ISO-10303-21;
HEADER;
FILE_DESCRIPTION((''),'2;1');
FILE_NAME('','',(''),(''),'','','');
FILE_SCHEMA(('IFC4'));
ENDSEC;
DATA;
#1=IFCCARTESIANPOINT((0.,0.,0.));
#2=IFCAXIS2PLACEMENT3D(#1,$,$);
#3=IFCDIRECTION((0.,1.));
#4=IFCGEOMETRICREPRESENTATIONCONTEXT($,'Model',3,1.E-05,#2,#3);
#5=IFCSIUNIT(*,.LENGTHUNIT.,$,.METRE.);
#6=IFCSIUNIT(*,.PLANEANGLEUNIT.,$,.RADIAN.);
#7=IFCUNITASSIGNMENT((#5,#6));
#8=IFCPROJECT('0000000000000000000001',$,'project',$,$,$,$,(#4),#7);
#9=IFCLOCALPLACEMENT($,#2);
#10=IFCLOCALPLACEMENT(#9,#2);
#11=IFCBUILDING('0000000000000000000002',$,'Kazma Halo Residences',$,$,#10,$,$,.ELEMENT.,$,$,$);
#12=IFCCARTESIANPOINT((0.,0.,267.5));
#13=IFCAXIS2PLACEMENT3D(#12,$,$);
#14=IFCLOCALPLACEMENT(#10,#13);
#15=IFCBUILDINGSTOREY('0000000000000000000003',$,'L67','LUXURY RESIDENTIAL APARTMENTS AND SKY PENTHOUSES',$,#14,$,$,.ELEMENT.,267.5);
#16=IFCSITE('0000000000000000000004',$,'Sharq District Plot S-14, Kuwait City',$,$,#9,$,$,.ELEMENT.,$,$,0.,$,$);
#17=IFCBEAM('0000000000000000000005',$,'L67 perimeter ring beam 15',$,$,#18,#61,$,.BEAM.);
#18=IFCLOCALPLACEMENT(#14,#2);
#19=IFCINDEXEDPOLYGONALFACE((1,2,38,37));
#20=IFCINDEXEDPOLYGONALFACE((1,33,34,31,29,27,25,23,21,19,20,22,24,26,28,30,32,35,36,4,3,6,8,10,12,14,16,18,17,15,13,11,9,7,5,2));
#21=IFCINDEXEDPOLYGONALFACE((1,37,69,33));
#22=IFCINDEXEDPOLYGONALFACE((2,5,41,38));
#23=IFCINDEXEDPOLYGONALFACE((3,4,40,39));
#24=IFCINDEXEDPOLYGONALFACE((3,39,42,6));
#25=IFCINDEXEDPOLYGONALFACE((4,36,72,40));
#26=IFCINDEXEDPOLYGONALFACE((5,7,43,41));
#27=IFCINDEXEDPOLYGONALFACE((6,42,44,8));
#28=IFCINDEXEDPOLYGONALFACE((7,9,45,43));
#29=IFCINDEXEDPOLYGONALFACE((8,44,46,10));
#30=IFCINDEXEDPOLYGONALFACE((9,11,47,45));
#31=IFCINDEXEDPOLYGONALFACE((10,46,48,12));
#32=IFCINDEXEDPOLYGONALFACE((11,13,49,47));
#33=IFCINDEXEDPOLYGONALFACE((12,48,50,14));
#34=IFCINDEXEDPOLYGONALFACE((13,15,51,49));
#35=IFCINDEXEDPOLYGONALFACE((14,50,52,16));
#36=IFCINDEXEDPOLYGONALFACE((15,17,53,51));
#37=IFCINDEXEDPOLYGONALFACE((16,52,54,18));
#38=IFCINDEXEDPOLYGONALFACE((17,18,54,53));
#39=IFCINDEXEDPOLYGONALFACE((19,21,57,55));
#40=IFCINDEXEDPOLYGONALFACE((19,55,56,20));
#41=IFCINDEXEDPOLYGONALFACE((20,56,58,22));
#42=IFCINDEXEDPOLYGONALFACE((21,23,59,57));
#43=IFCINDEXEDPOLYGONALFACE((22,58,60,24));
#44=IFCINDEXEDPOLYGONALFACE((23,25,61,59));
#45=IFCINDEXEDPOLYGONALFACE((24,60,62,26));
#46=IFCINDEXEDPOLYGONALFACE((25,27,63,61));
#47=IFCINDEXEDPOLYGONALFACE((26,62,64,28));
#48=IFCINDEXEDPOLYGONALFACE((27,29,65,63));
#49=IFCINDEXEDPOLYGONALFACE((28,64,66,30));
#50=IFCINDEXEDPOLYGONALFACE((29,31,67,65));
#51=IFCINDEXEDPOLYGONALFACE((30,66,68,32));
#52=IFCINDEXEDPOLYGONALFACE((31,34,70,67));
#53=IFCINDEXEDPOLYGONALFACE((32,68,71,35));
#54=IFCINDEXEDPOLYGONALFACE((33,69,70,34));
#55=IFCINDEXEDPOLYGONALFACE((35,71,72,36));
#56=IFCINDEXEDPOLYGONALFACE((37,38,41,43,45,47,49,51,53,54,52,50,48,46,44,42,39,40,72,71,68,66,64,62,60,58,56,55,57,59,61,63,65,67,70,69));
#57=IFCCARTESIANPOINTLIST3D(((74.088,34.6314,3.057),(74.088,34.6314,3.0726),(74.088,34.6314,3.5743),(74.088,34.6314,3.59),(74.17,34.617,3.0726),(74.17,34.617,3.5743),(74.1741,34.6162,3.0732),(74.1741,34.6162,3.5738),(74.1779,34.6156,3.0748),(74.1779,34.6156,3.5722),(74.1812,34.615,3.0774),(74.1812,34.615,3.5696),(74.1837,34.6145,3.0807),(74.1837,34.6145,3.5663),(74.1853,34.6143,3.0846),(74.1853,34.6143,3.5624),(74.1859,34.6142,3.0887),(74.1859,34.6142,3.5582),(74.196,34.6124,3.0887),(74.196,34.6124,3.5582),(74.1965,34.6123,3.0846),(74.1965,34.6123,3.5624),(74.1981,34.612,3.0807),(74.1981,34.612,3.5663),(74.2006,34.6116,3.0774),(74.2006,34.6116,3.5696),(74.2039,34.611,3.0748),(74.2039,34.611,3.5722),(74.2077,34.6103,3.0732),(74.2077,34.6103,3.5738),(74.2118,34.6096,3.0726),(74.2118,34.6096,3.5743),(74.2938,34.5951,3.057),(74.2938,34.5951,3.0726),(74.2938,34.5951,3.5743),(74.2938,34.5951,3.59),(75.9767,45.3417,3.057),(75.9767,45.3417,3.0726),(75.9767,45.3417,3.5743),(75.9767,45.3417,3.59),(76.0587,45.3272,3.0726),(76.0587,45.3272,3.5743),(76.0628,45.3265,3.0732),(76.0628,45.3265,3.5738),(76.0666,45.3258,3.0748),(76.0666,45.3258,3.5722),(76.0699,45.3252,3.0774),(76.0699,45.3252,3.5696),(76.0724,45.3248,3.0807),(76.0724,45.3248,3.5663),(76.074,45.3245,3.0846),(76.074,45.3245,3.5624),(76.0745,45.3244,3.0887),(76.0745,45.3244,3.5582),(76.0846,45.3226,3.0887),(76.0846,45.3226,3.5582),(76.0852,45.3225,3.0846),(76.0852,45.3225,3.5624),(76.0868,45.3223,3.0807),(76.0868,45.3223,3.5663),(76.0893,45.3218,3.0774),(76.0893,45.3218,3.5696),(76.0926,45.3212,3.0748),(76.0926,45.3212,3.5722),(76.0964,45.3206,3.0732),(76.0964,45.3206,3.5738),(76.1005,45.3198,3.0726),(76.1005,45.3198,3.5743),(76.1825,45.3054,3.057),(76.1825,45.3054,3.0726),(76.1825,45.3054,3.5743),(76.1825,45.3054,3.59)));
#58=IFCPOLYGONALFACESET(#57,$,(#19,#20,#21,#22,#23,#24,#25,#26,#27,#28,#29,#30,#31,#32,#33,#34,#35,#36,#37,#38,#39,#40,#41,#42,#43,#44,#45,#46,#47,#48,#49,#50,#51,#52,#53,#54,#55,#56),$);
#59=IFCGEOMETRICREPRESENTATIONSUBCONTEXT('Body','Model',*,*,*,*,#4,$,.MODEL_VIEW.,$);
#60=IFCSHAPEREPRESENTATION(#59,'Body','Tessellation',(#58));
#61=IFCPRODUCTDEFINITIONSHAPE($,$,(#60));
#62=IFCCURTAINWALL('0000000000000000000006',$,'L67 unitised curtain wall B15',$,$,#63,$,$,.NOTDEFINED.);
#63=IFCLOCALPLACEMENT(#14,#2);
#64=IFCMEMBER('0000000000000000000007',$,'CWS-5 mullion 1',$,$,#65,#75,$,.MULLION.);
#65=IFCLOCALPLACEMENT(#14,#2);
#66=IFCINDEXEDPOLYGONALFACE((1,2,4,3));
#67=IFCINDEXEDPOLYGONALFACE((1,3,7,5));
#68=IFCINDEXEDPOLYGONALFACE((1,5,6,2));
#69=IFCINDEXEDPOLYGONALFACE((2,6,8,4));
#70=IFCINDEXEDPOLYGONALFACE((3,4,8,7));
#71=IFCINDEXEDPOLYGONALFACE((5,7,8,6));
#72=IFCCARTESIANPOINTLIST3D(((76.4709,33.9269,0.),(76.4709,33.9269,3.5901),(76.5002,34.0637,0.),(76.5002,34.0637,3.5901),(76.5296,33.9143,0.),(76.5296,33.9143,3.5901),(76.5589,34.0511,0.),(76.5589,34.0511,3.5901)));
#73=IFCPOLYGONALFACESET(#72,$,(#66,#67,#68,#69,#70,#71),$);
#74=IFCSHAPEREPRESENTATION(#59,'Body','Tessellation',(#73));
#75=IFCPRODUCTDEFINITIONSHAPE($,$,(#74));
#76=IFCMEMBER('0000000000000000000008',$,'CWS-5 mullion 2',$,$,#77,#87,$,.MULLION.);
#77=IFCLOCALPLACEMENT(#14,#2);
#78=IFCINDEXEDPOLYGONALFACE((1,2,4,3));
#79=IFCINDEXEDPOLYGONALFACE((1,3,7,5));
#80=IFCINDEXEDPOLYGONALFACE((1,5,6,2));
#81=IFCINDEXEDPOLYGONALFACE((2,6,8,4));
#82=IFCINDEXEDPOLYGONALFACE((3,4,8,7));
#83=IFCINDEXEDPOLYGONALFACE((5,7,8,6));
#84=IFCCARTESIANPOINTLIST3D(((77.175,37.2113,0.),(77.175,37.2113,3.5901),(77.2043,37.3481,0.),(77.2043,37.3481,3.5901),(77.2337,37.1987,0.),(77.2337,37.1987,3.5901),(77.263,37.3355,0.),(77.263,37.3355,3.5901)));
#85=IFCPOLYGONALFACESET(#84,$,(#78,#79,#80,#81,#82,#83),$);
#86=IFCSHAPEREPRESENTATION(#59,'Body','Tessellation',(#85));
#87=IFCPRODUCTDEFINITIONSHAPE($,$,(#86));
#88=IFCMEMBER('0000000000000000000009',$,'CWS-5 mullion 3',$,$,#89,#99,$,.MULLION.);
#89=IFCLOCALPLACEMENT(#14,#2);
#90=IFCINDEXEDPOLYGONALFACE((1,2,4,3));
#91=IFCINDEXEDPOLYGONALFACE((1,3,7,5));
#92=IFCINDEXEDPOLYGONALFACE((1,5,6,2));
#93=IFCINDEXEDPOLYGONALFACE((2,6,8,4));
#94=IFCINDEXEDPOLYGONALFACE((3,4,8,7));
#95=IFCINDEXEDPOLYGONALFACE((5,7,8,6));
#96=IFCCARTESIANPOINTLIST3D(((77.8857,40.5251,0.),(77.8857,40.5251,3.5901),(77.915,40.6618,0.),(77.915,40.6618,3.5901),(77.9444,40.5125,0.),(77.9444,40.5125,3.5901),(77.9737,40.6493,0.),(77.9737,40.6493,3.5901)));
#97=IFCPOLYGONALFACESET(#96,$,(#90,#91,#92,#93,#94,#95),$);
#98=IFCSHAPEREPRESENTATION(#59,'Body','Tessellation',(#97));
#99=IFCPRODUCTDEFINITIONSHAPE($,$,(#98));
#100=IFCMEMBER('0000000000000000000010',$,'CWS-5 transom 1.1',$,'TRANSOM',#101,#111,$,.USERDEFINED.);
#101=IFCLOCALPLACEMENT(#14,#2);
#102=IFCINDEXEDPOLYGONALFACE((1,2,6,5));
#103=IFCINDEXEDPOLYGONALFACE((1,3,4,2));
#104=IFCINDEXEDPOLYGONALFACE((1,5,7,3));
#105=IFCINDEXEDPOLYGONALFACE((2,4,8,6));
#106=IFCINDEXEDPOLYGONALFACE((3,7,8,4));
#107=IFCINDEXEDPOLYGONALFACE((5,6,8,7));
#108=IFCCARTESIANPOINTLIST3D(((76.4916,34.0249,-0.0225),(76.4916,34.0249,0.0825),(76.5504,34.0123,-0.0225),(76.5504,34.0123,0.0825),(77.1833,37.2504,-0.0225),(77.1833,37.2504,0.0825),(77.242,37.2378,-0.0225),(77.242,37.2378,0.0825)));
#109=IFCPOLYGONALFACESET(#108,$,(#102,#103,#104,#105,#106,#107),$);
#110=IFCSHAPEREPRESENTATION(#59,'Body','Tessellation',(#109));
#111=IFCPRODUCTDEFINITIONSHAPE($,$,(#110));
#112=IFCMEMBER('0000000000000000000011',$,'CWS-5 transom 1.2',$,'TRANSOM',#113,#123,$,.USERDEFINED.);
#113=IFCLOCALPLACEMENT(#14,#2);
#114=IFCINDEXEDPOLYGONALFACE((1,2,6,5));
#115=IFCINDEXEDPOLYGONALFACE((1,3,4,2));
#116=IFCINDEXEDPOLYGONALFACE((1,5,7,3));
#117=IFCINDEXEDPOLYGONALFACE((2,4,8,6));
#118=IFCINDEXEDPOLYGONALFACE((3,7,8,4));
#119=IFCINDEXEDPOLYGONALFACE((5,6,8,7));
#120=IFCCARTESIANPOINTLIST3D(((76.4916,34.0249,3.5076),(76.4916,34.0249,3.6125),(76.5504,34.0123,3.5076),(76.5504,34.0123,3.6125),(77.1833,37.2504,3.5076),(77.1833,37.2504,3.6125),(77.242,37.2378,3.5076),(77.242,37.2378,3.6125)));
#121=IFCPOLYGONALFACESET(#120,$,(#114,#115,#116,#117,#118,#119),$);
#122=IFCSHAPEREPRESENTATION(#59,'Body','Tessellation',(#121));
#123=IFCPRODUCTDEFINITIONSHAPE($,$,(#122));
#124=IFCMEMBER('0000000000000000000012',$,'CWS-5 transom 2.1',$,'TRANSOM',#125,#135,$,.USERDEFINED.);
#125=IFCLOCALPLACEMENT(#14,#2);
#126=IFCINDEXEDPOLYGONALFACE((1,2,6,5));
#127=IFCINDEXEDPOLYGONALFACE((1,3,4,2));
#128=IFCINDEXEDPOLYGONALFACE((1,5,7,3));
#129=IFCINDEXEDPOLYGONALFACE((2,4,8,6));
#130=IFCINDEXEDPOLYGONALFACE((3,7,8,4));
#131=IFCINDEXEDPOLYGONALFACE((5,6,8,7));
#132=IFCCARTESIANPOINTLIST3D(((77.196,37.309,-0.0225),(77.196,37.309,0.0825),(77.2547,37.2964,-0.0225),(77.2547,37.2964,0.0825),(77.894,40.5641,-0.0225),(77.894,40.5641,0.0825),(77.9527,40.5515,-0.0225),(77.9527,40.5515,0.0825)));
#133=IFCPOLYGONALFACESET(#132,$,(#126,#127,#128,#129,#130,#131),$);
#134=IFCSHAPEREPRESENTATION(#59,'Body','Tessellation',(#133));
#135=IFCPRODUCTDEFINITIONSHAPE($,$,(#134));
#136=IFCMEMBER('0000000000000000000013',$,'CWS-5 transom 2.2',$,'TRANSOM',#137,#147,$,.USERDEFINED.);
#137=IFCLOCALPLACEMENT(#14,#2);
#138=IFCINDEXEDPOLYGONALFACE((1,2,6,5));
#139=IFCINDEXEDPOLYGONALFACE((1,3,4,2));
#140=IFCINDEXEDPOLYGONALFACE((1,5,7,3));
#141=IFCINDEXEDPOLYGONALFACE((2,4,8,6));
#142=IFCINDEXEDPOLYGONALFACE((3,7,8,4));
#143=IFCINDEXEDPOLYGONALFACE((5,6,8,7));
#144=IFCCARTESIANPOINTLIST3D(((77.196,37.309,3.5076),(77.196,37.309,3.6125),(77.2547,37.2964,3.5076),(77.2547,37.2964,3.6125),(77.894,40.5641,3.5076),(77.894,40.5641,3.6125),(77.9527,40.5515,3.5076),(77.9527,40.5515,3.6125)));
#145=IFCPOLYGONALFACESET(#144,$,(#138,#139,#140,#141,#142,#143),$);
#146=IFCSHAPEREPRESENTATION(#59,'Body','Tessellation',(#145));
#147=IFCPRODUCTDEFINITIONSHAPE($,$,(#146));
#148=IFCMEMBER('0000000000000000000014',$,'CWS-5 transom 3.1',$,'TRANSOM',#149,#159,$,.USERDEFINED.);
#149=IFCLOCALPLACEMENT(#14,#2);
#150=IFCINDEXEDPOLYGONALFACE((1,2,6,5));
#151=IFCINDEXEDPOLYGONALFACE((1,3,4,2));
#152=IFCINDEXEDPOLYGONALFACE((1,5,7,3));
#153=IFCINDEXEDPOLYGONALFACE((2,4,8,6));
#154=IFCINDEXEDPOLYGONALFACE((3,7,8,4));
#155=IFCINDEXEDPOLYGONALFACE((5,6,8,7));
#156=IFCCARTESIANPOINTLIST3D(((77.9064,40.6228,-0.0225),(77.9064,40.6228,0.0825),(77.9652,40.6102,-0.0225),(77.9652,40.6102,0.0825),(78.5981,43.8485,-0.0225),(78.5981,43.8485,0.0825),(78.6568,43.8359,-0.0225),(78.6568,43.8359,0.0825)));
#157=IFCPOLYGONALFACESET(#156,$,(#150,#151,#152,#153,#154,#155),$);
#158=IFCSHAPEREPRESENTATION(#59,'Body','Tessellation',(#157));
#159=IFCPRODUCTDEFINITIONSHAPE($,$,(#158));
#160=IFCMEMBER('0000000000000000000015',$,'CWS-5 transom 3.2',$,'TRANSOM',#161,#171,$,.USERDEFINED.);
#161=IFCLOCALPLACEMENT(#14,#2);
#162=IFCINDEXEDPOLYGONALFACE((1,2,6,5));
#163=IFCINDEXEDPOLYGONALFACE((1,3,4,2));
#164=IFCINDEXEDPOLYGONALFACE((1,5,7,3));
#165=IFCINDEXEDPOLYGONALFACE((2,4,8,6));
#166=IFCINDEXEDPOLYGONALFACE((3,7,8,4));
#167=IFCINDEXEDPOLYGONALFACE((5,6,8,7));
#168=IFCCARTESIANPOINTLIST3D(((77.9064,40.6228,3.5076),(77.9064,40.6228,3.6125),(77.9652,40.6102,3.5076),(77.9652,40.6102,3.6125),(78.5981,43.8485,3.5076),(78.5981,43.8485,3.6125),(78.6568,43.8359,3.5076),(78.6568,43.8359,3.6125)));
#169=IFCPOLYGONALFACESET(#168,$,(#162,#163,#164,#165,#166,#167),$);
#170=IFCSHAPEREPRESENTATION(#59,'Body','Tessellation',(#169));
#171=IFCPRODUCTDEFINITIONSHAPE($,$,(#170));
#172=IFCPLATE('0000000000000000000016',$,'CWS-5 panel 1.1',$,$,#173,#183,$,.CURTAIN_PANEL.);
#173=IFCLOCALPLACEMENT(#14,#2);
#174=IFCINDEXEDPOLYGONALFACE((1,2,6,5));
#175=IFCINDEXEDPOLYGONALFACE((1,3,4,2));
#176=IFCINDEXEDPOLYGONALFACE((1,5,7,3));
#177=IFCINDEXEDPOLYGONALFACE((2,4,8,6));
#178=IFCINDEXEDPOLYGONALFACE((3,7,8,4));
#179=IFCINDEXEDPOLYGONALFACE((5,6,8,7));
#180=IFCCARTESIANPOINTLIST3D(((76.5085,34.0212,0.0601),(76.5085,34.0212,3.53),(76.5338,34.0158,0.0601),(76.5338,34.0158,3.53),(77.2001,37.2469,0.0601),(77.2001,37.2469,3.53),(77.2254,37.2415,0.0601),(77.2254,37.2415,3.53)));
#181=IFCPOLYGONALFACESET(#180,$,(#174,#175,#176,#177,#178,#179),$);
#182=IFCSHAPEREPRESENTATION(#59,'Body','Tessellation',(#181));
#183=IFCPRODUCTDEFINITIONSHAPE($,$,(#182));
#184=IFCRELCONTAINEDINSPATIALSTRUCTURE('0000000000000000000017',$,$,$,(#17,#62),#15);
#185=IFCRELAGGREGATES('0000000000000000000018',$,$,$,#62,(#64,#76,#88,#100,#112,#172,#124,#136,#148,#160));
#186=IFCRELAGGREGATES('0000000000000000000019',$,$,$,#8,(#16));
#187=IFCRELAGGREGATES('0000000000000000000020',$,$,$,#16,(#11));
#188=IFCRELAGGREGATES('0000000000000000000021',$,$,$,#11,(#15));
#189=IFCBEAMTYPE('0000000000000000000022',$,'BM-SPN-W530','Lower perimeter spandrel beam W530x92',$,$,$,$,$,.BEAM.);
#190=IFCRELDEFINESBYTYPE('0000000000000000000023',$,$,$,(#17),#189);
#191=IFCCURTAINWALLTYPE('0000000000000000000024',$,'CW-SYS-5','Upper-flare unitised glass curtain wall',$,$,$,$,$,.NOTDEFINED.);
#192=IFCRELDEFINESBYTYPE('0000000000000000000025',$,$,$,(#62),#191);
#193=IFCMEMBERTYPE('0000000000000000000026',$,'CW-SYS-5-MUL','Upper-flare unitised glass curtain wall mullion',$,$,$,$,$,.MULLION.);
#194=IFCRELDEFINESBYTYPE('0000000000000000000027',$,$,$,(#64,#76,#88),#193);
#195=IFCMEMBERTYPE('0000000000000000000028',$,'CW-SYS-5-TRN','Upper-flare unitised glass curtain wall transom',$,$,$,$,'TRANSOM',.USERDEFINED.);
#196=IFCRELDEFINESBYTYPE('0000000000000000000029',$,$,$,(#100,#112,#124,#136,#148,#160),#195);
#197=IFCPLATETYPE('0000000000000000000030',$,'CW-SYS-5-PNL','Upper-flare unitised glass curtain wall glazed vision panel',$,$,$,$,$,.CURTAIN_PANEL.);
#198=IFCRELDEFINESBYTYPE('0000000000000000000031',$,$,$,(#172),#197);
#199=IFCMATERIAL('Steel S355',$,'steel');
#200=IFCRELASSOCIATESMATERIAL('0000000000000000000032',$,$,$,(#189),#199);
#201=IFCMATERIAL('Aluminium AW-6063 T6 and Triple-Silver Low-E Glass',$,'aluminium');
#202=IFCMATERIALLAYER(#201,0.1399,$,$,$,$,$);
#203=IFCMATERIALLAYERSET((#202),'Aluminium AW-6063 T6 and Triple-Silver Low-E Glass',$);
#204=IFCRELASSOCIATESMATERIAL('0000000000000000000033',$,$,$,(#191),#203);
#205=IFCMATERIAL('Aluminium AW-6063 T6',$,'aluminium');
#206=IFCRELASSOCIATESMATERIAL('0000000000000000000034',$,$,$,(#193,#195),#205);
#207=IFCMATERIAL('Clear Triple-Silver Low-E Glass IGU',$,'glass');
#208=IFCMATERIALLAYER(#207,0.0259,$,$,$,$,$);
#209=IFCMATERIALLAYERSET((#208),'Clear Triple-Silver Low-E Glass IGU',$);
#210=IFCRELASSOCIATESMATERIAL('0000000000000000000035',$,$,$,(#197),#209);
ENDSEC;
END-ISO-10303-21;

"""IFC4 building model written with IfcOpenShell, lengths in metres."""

from ifc_helpers import new_model, si_unit, direction, frame, origin, origin_2d, place, context, subcontext, project, spatial, rectangle, i_section, extrude, material, layer, layer_set, material_profile, profile_set, type_object, element, aggregate, save


model = new_model("IFC4")

# Units and contexts
model_context = context("Model", 3, precision=1e-05, world=origin(), true_north=direction((0.0, 1.0)))
body_context = subcontext(model_context, "Body", "Model", "MODEL_VIEW")
ifc_project = project(units=[si_unit("LENGTHUNIT", "METRE"), si_unit("PLANEANGLEUNIT", "RADIAN")], contexts=[model_context])

# Site, building, storey
site_placement = place(None, origin())
site = spatial("IfcSite", under=ifc_project, at=site_placement, Name="Sharq District Plot S-14, Kuwait City", CompositionType="ELEMENT", RefElevation=0.0)
building_placement = place(site_placement, origin())
building = spatial("IfcBuilding", under=site, at=building_placement, Name="Kazma Halo Residences", CompositionType="ELEMENT")
storey_placement = place(building_placement, frame((0.0, 0.0, 267.5)))
storey = spatial("IfcBuildingStorey", under=building, at=storey_placement, Name="L67", Description="LUXURY RESIDENTIAL APARTMENTS AND SKY PENTHOUSES", CompositionType="ELEMENT", Elevation=267.5)

# Beam
ifc_material_1 = material(Name="Steel S355", Category="steel")
ifc_material_profile_1 = material_profile(ifc_material_1, i_section(OverallWidth=0.209, OverallDepth=0.533, WebThickness=0.0103, FlangeThickness=0.0156, FilletRadius=0.0161, at=origin_2d()), Name="W530x92")
ifc_profile_set_1 = profile_set([ifc_material_profile_1], Name="Steel S355")
beam_type_1 = type_object("IfcBeamType", Name="BM-SPN-W530", Description="Lower perimeter spandrel beam W530x92", PredefinedType="BEAM", material=ifc_profile_set_1)
beam_1_placement = place(storey_placement, frame((74.1909, 34.6133, 3.3235), z_axis=(0.173664, 0.984805, 0.0), x_axis=(-0.984805, 0.173664, 0.0)))
element("IfcBeam", 1, at=beam_1_placement, inside=storey, type_object=beam_type_1, Name="L67 perimeter ring beam 15", PredefinedType="BEAM", context=body_context, shape_type="SweptSolid", body=[
    extrude(i_section(OverallWidth=0.209, OverallDepth=0.533, WebThickness=0.0103, FlangeThickness=0.0156, FilletRadius=0.0161, at=origin_2d()), origin(), (0.0, 0.0, 1.0), 10.8755),
])

# Curtain wall, members, plate
ifc_material_2 = material(Name="Aluminium AW-6063 T6 and Triple-Silver Low-E Glass", Category="aluminium")
ifc_layer_1 = layer(ifc_material_2, 0.1399)
ifc_layer_set_1 = layer_set([ifc_layer_1], Name="Aluminium AW-6063 T6 and Triple-Silver Low-E Glass")
curtain_wall_type = type_object("IfcCurtainWallType", Name="CW-SYS-5", Description="Upper-flare unitised glass curtain wall", PredefinedType="NOTDEFINED", material=ifc_layer_set_1)
curtain_wall_placement = place(storey_placement, origin())
curtain_wall = element("IfcCurtainWall", 2, at=curtain_wall_placement, inside=storey, type_object=curtain_wall_type, Name="L67 unitised curtain wall B15", PredefinedType="NOTDEFINED")
ifc_material_3 = material(Name="Aluminium AW-6063 T6", Category="aluminium")
ifc_material_profile_2 = material_profile(ifc_material_3, rectangle(XDim=0.0601, YDim=0.1399, at=origin_2d()), Name="CWM-60x140")
ifc_profile_set_2 = profile_set([ifc_material_profile_2], Name="Aluminium AW-6063 T6")
member_type_1 = type_object("IfcMemberType", Name="CW-SYS-5-MUL", Description="Upper-flare unitised glass curtain wall mullion", PredefinedType="MULLION", material=ifc_profile_set_2)
member_1_placement = place(storey_placement, frame((76.5149, 33.989, 0.0), z_axis=(0.0, 0.0, 1.0), x_axis=(-0.977775, 0.209657, 0.0)))
member_1 = element("IfcMember", 3, at=member_1_placement, type_object=member_type_1, Name="CWS-5 mullion 1", PredefinedType="MULLION", context=body_context, shape_type="SweptSolid", body=[
    extrude(rectangle(XDim=0.0601, YDim=0.1399, at=origin_2d()), origin(), (0.0, 0.0, 1.0), 3.5901),
])
member_2_placement = place(storey_placement, frame((77.219, 37.2734, 0.0), z_axis=(0.0, 0.0, 1.0), x_axis=(-0.977775, 0.209657, 0.0)))
member_2 = element("IfcMember", 4, at=member_2_placement, type_object=member_type_1, Name="CWS-5 mullion 2", PredefinedType="MULLION", context=body_context, shape_type="SweptSolid", body=[
    extrude(rectangle(XDim=0.0601, YDim=0.1399, at=origin_2d()), origin(), (0.0, 0.0, 1.0), 3.5901),
])
member_3_placement = place(storey_placement, frame((77.9297, 40.5872, 0.0), z_axis=(0.0, 0.0, 1.0), x_axis=(-0.977775, 0.209657, 0.0)))
member_3 = element("IfcMember", 5, at=member_3_placement, type_object=member_type_1, Name="CWS-5 mullion 3", PredefinedType="MULLION", context=body_context, shape_type="SweptSolid", body=[
    extrude(rectangle(XDim=0.0601, YDim=0.1399, at=origin_2d()), origin(), (0.0, 0.0, 1.0), 3.5901),
])
ifc_material_profile_3 = material_profile(ifc_material_3, rectangle(XDim=0.0601, YDim=0.105, at=origin_2d()), Name="CWT-60x105")
ifc_profile_set_3 = profile_set([ifc_material_profile_3], Name="Aluminium AW-6063 T6")
member_type_2 = type_object("IfcMemberType", Name="CW-SYS-5-TRN", Description="Upper-flare unitised glass curtain wall transom", ElementType="TRANSOM", PredefinedType="USERDEFINED", material=ifc_profile_set_3)
member_4_placement = place(storey_placement, frame((76.521, 34.0186, 0.03), z_axis=(0.20966, 0.977774, 0.0), x_axis=(-0.977774, 0.20966, 0.0)))
member_4 = element("IfcMember", 6, at=member_4_placement, type_object=member_type_2, Name="CWS-5 transom 1.1", ObjectType="TRANSOM", PredefinedType="USERDEFINED", context=body_context, shape_type="SweptSolid", body=[
    extrude(rectangle(XDim=0.0601, YDim=0.105, at=origin_2d()), origin(), (0.0, 0.0, 1.0), 3.2988),
])
member_5_placement = place(storey_placement, frame((76.521, 34.0186, 3.5601), z_axis=(0.20966, 0.977774, 0.0), x_axis=(-0.977774, 0.20966, 0.0)))
member_5 = element("IfcMember", 7, at=member_5_placement, type_object=member_type_2, Name="CWS-5 transom 1.2", ObjectType="TRANSOM", PredefinedType="USERDEFINED", context=body_context, shape_type="SweptSolid", body=[
    extrude(rectangle(XDim=0.0601, YDim=0.105, at=origin_2d()), origin(), (0.0, 0.0, 1.0), 3.2988),
])
member_6_placement = place(storey_placement, frame((77.2253, 37.3027, 0.03), z_axis=(0.209664, 0.977773, 0.0), x_axis=(-0.977773, 0.209664, 0.0)))
member_6 = element("IfcMember", 8, at=member_6_placement, type_object=member_type_2, Name="CWS-5 transom 2.1", ObjectType="TRANSOM", PredefinedType="USERDEFINED", context=body_context, shape_type="SweptSolid", body=[
    extrude(rectangle(XDim=0.0601, YDim=0.105, at=origin_2d()), origin(), (0.0, 0.0, 1.0), 3.3291),
])
member_7_placement = place(storey_placement, frame((77.2253, 37.3027, 3.5601), z_axis=(0.209664, 0.977773, 0.0), x_axis=(-0.977773, 0.209664, 0.0)))
member_7 = element("IfcMember", 9, at=member_7_placement, type_object=member_type_2, Name="CWS-5 transom 2.2", ObjectType="TRANSOM", PredefinedType="USERDEFINED", context=body_context, shape_type="SweptSolid", body=[
    extrude(rectangle(XDim=0.0601, YDim=0.105, at=origin_2d()), origin(), (0.0, 0.0, 1.0), 3.3291),
])
member_8_placement = place(storey_placement, frame((77.9358, 40.6165, 0.03), z_axis=(0.209645, 0.977777, 0.0), x_axis=(-0.977777, 0.209645, 0.0)))
member_8 = element("IfcMember", 10, at=member_8_placement, type_object=member_type_2, Name="CWS-5 transom 3.1", ObjectType="TRANSOM", PredefinedType="USERDEFINED", context=body_context, shape_type="SweptSolid", body=[
    extrude(rectangle(XDim=0.0601, YDim=0.105, at=origin_2d()), origin(), (0.0, 0.0, 1.0), 3.2991),
])
member_9_placement = place(storey_placement, frame((77.9358, 40.6165, 3.5601), z_axis=(0.209645, 0.977777, 0.0), x_axis=(-0.977777, 0.209645, 0.0)))
member_9 = element("IfcMember", 11, at=member_9_placement, type_object=member_type_2, Name="CWS-5 transom 3.2", ObjectType="TRANSOM", PredefinedType="USERDEFINED", context=body_context, shape_type="SweptSolid", body=[
    extrude(rectangle(XDim=0.0601, YDim=0.105, at=origin_2d()), origin(), (0.0, 0.0, 1.0), 3.2991),
])
ifc_material_4 = material(Name="Clear Triple-Silver Low-E Glass IGU", Category="glass")
ifc_layer_2 = layer(ifc_material_4, 0.0259)
ifc_layer_set_2 = layer_set([ifc_layer_2], Name="Clear Triple-Silver Low-E Glass IGU")
plate_type = type_object("IfcPlateType", Name="CW-SYS-5-PNL", Description="Upper-flare unitised glass curtain wall glazed vision panel", PredefinedType="CURTAIN_PANEL", material=ifc_layer_set_2)
plate_1_placement = place(storey_placement, frame((76.8669, 35.6313, 0.0601), z_axis=(0.0, 0.0, 1.0), x_axis=(0.209657, 0.977775, 0.0)))
plate_1 = element("IfcPlate", 12, at=plate_1_placement, type_object=plate_type, Name="CWS-5 panel 1.1", PredefinedType="CURTAIN_PANEL", context=body_context, shape_type="SweptSolid", body=[
    extrude(rectangle(XDim=3.2991, YDim=0.0259, at=origin_2d()), origin(), (0.0, 0.0, 1.0), 3.47),
])
aggregate(curtain_wall, [member_1, member_2, member_3, member_4, member_5, plate_1, member_6, member_7, member_8, member_9])

save(model, "model.ifc")
